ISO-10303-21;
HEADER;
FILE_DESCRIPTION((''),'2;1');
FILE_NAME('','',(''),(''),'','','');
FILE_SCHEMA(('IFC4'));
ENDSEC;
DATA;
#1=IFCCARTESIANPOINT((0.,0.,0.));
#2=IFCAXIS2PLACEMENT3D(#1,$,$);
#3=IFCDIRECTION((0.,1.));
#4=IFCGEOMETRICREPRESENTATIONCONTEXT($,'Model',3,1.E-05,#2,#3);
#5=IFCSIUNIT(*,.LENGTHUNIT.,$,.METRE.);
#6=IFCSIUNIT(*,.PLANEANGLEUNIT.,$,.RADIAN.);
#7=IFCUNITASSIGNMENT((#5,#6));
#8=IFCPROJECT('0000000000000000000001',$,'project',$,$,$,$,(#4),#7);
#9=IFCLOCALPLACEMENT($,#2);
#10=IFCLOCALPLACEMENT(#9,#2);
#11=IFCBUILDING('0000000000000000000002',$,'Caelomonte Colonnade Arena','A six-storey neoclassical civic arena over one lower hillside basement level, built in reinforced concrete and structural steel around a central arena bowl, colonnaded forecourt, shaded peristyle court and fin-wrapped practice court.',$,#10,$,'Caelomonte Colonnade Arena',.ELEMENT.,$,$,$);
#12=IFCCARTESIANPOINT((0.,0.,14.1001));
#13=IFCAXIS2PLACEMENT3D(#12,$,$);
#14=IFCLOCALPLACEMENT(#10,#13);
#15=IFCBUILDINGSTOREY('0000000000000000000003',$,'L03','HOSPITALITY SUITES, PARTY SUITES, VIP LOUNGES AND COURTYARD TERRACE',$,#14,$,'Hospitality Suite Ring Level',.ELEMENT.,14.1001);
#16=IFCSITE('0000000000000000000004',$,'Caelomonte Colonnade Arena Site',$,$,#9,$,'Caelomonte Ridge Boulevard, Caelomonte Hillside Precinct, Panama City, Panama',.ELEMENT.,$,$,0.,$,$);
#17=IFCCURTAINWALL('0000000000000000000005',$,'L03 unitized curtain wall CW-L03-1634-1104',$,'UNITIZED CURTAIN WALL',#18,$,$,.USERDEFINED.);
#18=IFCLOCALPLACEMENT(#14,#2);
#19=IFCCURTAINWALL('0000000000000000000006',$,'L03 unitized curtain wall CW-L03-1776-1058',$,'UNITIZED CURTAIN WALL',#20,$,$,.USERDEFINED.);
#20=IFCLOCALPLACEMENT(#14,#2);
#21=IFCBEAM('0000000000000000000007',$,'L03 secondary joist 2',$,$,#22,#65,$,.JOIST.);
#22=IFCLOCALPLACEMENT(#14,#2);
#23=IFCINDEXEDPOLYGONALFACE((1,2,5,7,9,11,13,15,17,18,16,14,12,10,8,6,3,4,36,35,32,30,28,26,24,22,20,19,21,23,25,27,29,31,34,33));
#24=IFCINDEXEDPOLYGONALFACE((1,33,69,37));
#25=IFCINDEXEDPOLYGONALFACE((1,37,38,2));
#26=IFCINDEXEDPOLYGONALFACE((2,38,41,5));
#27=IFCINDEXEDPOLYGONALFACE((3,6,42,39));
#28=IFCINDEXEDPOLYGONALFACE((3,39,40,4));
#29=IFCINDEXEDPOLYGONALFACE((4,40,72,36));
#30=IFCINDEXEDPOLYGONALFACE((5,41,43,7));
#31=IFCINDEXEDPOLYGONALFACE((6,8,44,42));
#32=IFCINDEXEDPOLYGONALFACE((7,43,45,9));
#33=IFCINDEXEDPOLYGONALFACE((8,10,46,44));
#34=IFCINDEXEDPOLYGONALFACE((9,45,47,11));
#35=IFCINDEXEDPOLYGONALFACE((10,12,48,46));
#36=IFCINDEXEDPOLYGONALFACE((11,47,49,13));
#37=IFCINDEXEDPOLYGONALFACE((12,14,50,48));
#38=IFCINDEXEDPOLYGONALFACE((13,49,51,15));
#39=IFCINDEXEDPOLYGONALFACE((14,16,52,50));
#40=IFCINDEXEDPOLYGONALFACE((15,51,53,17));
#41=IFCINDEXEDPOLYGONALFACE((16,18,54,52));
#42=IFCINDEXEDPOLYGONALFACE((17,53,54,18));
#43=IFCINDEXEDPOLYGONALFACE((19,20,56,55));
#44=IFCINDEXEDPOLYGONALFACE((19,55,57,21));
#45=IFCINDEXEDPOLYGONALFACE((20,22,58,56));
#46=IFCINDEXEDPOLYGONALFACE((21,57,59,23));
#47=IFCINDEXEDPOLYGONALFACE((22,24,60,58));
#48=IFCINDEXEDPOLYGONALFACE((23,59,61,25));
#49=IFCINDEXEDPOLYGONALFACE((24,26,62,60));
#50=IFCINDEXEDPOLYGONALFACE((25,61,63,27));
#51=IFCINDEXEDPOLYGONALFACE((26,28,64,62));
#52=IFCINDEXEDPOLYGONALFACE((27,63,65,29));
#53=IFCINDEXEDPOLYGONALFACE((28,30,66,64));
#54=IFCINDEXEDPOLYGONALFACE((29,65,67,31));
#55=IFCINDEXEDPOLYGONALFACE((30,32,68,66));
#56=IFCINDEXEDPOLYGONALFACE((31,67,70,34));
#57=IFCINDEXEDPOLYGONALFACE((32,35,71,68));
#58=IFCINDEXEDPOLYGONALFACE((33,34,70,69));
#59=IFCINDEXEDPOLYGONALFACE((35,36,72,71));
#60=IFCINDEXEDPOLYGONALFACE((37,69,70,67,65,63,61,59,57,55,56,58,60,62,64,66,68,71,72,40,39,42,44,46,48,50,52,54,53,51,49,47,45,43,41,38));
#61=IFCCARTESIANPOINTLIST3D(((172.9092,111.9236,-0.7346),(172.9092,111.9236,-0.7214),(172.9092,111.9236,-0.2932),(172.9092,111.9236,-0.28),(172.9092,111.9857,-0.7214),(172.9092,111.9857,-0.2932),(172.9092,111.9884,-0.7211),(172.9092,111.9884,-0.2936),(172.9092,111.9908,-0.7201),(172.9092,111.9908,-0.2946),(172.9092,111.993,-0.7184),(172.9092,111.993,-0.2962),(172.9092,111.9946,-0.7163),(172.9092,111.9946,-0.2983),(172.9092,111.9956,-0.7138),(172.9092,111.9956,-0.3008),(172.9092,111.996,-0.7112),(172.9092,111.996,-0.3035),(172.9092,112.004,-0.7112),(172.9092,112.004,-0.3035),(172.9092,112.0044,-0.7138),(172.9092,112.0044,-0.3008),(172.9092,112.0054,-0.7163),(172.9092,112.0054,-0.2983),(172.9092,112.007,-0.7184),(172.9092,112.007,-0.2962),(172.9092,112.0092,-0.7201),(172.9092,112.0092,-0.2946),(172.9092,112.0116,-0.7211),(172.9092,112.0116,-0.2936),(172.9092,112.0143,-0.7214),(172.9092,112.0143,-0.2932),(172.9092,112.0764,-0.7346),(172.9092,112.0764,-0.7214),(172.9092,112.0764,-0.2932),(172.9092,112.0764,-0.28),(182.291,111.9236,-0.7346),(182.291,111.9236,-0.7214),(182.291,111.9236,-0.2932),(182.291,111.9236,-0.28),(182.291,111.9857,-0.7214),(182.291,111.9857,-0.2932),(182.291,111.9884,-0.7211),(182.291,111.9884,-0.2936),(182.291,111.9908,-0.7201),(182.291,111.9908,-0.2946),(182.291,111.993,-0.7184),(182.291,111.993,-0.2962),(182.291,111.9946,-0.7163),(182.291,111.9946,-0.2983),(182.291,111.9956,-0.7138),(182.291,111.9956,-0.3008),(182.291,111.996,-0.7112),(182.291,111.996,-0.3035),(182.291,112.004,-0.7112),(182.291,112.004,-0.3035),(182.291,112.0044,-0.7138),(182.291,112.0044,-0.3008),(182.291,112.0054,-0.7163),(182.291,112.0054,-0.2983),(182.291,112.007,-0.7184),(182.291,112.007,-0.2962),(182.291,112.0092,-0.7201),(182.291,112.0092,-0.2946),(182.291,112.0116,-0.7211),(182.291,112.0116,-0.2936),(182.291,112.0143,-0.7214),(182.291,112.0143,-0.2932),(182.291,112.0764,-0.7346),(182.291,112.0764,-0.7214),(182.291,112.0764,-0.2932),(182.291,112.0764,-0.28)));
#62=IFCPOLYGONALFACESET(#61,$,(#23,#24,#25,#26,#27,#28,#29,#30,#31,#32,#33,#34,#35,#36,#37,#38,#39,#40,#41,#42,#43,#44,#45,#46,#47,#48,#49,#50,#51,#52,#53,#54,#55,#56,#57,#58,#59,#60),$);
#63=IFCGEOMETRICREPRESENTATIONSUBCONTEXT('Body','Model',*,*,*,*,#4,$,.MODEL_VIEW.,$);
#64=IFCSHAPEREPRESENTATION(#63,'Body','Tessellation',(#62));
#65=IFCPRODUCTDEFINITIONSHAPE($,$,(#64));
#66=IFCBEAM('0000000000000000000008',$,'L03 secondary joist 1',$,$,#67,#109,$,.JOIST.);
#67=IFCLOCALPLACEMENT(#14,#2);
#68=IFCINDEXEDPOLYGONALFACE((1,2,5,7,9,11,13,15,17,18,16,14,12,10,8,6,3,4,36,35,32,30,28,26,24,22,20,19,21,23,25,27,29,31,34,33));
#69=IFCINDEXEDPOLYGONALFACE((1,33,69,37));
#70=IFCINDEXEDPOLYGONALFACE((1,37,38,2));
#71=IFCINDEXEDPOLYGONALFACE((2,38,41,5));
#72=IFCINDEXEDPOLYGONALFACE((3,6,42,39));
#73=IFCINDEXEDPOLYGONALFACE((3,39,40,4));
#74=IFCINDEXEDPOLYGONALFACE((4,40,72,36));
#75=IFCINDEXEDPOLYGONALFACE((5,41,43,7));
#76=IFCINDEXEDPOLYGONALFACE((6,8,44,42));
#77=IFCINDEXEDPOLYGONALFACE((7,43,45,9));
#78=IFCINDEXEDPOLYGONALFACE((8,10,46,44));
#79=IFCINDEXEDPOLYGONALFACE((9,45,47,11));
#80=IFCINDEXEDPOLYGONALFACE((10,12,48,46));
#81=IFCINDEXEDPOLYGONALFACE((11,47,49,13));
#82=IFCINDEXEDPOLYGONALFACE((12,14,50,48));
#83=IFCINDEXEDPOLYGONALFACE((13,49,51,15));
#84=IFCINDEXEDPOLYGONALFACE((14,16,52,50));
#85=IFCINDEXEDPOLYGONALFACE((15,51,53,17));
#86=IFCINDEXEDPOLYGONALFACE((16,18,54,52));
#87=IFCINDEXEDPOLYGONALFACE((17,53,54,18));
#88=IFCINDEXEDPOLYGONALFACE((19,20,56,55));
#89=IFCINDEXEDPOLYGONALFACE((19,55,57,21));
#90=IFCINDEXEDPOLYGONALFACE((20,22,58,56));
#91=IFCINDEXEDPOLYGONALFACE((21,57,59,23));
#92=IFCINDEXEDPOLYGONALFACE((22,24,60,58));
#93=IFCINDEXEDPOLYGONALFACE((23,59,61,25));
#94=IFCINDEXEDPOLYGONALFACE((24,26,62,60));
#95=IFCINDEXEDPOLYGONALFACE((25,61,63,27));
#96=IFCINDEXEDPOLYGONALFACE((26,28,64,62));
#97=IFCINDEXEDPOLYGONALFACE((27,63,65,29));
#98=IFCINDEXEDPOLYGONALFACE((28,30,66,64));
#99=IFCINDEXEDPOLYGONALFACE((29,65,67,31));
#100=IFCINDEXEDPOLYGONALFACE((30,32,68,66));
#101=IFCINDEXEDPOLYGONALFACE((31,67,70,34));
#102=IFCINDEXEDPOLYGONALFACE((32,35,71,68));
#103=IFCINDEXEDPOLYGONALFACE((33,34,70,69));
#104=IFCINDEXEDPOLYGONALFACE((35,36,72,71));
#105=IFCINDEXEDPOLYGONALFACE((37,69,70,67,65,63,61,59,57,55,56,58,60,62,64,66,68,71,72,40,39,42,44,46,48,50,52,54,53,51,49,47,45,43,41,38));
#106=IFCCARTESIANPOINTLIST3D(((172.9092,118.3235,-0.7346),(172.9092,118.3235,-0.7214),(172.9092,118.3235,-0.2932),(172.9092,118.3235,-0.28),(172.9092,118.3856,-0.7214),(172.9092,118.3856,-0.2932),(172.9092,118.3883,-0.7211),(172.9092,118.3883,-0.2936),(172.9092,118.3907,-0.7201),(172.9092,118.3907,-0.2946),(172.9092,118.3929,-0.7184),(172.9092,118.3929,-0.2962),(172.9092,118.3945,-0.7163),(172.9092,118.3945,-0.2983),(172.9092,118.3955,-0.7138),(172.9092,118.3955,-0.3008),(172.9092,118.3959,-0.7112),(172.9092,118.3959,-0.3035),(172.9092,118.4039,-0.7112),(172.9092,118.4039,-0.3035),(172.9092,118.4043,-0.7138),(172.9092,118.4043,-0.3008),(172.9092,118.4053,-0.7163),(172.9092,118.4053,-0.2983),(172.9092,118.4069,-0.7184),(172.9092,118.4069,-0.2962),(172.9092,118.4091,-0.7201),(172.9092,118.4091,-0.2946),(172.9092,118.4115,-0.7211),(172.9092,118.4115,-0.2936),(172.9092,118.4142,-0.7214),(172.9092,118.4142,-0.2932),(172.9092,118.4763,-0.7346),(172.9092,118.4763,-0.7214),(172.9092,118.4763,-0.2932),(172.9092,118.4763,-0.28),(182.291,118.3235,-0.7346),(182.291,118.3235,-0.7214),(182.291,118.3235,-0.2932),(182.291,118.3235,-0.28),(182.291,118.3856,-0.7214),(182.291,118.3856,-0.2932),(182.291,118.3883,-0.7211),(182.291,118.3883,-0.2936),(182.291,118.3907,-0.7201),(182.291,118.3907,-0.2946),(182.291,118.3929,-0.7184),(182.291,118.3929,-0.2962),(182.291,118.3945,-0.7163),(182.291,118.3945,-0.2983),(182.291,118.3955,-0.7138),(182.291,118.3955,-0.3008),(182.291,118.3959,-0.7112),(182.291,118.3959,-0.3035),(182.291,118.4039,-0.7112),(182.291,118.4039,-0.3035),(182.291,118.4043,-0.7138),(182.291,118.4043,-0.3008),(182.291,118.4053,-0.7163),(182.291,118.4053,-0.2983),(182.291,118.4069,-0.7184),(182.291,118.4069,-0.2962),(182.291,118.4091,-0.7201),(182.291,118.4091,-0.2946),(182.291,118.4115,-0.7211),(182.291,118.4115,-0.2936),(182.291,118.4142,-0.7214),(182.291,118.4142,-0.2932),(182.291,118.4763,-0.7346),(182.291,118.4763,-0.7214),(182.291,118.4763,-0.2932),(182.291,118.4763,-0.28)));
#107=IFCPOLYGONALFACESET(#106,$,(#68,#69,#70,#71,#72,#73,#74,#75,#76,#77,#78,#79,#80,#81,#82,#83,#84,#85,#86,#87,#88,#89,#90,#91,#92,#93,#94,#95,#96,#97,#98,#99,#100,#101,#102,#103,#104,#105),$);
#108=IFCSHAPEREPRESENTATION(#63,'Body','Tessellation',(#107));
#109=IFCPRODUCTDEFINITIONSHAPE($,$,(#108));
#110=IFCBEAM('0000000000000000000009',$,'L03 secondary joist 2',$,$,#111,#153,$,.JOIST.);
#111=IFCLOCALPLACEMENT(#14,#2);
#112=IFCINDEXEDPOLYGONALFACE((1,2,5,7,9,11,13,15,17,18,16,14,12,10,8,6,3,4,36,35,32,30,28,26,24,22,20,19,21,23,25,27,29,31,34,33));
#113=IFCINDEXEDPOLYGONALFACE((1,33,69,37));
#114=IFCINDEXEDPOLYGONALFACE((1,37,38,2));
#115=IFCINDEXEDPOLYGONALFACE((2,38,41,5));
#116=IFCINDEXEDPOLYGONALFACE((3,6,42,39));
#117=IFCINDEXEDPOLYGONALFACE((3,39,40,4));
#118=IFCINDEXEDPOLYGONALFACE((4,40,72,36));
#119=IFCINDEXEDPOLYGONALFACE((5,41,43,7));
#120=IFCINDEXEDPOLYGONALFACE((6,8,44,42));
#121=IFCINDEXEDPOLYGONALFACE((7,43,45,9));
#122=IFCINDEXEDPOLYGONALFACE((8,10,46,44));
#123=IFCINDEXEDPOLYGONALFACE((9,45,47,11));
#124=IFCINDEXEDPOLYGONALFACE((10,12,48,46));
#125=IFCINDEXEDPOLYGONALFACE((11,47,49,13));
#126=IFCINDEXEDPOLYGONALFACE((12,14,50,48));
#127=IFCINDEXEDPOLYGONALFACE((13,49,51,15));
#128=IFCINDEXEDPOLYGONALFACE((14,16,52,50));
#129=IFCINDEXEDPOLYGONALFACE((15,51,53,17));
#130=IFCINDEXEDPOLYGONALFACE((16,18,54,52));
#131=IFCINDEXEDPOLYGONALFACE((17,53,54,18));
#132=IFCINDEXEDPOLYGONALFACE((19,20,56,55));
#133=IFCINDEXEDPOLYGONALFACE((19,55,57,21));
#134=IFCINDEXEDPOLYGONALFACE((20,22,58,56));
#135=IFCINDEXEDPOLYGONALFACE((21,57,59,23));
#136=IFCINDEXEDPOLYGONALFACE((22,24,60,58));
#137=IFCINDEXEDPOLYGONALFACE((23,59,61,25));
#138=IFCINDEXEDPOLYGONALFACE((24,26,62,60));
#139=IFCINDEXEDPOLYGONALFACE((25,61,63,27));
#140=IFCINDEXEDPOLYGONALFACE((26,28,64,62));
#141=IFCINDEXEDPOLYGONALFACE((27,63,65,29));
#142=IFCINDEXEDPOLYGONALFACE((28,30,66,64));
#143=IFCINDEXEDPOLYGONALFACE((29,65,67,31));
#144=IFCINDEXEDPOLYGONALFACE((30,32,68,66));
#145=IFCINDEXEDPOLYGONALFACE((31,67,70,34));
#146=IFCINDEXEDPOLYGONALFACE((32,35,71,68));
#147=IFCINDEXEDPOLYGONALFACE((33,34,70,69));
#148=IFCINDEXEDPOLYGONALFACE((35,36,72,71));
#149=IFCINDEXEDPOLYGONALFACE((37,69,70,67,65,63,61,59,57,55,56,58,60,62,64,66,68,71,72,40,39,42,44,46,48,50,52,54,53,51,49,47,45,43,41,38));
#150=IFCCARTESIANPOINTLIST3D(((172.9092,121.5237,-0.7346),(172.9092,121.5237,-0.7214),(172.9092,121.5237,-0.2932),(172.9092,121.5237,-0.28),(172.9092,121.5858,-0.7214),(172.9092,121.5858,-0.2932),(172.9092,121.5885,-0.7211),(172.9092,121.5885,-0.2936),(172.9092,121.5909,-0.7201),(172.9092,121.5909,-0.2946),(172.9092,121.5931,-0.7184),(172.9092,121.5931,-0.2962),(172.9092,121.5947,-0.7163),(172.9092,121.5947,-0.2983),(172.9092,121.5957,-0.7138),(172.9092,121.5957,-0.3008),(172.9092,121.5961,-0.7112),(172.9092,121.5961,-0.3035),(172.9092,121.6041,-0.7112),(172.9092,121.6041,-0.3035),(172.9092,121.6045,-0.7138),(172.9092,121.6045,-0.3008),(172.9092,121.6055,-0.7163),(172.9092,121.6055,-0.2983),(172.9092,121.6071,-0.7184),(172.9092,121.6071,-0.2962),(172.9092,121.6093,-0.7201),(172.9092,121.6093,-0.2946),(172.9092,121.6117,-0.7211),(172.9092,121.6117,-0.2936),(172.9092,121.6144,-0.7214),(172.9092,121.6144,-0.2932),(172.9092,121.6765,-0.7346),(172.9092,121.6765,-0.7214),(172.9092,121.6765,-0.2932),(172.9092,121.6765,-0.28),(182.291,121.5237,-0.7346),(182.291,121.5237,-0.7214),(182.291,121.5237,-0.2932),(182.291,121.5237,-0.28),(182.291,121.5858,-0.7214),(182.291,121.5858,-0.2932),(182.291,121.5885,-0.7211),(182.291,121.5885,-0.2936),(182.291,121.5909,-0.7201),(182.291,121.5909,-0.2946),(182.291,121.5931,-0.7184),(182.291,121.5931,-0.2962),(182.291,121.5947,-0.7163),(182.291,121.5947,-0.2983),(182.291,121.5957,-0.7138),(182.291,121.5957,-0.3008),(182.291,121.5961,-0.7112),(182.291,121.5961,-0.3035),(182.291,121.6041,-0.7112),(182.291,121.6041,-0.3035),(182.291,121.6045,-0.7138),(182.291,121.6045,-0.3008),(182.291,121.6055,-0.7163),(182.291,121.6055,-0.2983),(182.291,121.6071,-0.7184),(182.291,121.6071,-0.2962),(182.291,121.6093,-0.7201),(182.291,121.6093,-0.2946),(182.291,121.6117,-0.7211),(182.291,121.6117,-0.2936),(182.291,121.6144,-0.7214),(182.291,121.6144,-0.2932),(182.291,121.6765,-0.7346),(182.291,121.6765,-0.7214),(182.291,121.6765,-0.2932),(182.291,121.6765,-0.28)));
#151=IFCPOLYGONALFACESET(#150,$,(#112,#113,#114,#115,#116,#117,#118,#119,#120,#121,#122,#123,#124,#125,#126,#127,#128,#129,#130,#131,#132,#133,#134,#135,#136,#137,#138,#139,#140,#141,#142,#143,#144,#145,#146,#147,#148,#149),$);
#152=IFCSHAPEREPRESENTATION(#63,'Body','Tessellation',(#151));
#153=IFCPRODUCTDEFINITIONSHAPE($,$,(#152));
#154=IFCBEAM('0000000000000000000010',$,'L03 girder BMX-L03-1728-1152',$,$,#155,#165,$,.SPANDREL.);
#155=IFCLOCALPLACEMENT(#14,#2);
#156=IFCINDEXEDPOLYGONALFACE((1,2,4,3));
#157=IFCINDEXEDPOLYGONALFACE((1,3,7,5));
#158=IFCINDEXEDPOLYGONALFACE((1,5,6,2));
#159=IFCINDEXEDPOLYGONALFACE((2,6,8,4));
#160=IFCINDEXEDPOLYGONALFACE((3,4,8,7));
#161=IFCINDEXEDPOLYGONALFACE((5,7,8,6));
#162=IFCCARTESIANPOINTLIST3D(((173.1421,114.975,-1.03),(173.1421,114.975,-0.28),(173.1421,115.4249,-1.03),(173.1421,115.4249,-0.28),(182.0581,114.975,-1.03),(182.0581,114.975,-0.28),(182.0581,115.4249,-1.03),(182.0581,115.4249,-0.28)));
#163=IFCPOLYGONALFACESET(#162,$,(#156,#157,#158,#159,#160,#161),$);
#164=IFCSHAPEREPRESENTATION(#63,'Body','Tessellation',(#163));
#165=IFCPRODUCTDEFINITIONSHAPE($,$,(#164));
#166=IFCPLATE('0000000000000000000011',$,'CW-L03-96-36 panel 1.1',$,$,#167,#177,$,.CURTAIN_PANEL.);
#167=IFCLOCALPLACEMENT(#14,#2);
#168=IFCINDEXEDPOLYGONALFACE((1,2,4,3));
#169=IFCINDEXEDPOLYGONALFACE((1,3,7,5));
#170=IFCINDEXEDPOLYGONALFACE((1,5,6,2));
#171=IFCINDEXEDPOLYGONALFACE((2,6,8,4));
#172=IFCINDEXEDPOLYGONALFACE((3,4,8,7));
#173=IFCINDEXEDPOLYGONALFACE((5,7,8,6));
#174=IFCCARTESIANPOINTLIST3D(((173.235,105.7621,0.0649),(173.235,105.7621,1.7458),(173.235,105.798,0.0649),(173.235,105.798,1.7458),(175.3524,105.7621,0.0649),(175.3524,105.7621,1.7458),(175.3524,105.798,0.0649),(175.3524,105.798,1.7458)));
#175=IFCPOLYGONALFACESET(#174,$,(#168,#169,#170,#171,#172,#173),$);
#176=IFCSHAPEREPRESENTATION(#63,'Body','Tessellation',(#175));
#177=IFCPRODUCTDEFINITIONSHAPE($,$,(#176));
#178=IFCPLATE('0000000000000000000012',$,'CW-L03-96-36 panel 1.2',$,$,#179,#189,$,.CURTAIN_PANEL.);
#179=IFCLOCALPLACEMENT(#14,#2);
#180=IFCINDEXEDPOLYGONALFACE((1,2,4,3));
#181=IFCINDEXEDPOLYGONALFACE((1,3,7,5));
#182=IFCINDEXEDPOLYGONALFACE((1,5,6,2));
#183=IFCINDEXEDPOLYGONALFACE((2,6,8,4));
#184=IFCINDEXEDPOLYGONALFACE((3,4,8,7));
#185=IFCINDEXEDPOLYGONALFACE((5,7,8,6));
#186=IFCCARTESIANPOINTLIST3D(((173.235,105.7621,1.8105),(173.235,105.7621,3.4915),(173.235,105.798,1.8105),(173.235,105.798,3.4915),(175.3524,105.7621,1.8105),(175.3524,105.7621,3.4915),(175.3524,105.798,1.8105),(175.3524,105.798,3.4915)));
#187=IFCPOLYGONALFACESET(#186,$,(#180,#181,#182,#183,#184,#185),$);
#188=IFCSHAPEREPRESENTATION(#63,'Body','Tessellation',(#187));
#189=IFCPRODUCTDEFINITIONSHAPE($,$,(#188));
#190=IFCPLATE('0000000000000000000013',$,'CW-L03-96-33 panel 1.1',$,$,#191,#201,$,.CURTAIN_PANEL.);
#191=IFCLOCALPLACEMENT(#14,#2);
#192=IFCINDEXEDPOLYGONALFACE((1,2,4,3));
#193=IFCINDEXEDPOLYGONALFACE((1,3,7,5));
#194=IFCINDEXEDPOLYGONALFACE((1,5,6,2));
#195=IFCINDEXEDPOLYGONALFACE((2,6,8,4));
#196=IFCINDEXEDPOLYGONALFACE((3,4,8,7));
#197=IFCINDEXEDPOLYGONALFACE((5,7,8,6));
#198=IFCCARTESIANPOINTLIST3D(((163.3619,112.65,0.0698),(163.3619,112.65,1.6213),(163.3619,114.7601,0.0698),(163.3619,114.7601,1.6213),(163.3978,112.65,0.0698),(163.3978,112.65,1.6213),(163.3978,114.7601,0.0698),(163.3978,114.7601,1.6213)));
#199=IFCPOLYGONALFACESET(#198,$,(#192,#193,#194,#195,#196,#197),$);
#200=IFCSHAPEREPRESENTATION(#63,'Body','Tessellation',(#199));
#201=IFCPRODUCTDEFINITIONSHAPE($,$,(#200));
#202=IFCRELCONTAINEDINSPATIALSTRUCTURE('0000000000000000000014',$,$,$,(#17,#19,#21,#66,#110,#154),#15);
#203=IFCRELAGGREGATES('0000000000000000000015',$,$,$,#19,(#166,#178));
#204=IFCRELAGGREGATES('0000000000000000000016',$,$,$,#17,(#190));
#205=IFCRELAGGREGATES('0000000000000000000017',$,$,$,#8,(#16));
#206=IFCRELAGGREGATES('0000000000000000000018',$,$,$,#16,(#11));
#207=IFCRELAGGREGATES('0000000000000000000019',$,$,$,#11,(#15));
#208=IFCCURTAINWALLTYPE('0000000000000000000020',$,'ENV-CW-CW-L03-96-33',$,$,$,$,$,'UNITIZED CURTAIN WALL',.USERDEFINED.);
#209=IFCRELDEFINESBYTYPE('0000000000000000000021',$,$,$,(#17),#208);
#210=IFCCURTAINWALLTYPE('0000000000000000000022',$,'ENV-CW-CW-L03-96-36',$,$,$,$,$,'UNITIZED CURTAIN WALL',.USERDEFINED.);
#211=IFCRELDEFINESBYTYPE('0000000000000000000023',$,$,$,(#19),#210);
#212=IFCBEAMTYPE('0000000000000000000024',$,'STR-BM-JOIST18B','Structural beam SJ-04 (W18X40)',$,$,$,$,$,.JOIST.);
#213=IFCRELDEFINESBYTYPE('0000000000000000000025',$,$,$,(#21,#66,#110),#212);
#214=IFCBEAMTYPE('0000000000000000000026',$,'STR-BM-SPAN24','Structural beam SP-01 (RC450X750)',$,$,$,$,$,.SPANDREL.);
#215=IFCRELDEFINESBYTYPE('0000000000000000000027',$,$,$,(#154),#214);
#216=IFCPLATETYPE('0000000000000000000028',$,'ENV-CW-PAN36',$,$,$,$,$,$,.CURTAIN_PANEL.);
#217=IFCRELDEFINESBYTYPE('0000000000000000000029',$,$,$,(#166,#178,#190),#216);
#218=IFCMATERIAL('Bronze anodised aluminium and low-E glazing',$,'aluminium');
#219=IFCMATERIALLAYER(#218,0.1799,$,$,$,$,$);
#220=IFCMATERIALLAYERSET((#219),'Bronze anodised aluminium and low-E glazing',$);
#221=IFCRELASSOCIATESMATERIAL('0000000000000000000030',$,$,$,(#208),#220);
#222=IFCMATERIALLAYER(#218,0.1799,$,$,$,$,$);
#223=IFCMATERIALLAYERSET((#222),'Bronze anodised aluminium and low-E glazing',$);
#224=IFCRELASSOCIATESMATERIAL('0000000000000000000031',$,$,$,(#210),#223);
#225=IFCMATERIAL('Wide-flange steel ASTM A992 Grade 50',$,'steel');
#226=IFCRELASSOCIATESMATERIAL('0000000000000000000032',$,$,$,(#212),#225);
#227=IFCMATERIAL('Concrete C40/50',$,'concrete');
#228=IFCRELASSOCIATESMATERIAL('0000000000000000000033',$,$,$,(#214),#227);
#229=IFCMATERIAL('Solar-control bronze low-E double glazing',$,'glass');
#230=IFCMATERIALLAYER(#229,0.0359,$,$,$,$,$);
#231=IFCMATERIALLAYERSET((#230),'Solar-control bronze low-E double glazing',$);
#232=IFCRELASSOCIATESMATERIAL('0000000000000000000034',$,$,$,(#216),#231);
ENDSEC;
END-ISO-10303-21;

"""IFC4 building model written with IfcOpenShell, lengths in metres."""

from ifc_helpers import new_model, si_unit, direction, frame, origin, origin_2d, place, context, subcontext, project, spatial, rectangle, i_section, extrude, material, layer, layer_set, material_profile, profile_set, type_object, element, aggregate, save


model = new_model("IFC4")

# Units and contexts
model_context = context("Model", 3, precision=1e-05, world=origin(), true_north=direction((0.0, 1.0)))
body_context = subcontext(model_context, "Body", "Model", "MODEL_VIEW")
ifc_project = project(units=[si_unit("LENGTHUNIT", "METRE"), si_unit("PLANEANGLEUNIT", "RADIAN")], contexts=[model_context])

# Site, building, storey
site_placement = place(None, origin())
site = spatial("IfcSite", under=ifc_project, at=site_placement, Name="Caelomonte Colonnade Arena Site", LongName="Caelomonte Ridge Boulevard, Caelomonte Hillside Precinct, Panama City, Panama", CompositionType="ELEMENT", RefElevation=0.0)
building_placement = place(site_placement, origin())
building = spatial("IfcBuilding", under=site, at=building_placement, Name="Caelomonte Colonnade Arena", Description="A six-storey neoclassical civic arena over one lower hillside basement level, built in reinforced concrete and structural steel around a central arena bowl, colonnaded forecourt, shaded peristyle court and fin-wrapped practice court.", LongName="Caelomonte Colonnade Arena", CompositionType="ELEMENT")
storey_placement = place(building_placement, frame((0.0, 0.0, 14.1001)))
storey = spatial("IfcBuildingStorey", under=building, at=storey_placement, Name="L03", Description="HOSPITALITY SUITES, PARTY SUITES, VIP LOUNGES AND COURTYARD TERRACE", LongName="Hospitality Suite Ring Level", CompositionType="ELEMENT", Elevation=14.1001)

# Shared definitions
ifc_material_1 = material(Name="Concrete C40/50", Category="concrete")

# Curtain walls
ifc_material_2 = material(Name="Bronze anodised aluminium and low-E glazing", Category="aluminium")
ifc_layer_1 = layer(ifc_material_2, 0.1799)
ifc_layer_set_1 = layer_set([ifc_layer_1], Name="Bronze anodised aluminium and low-E glazing")
curtain_wall_type_1 = type_object("IfcCurtainWallType", Name="ENV-CW-CW-L03-96-33", ElementType="UNITIZED CURTAIN WALL", PredefinedType="USERDEFINED", material=ifc_layer_set_1)
curtain_wall_1_placement = place(storey_placement, origin())
curtain_wall_1 = element("IfcCurtainWall", 1, at=curtain_wall_1_placement, inside=storey, type_object=curtain_wall_type_1, Name="L03 unitized curtain wall CW-L03-1634-1104", ObjectType="UNITIZED CURTAIN WALL", PredefinedType="USERDEFINED")
ifc_layer_2 = layer(ifc_material_2, 0.1799)
ifc_layer_set_2 = layer_set([ifc_layer_2], Name="Bronze anodised aluminium and low-E glazing")
curtain_wall_type_2 = type_object("IfcCurtainWallType", Name="ENV-CW-CW-L03-96-36", ElementType="UNITIZED CURTAIN WALL", PredefinedType="USERDEFINED", material=ifc_layer_set_2)
curtain_wall_2_placement = place(storey_placement, origin())
curtain_wall_2 = element("IfcCurtainWall", 2, at=curtain_wall_2_placement, inside=storey, type_object=curtain_wall_type_2, Name="L03 unitized curtain wall CW-L03-1776-1058", ObjectType="UNITIZED CURTAIN WALL", PredefinedType="USERDEFINED")

# Beams
ifc_material_3 = material(Name="Wide-flange steel ASTM A992 Grade 50", Category="steel")
ifc_material_profile_1 = material_profile(ifc_material_3, i_section(OverallWidth=0.1528, OverallDepth=0.4546, WebThickness=0.0081, FlangeThickness=0.0132, FilletRadius=0.0103, at=origin_2d()), Name="W18X40")
ifc_profile_set_1 = profile_set([ifc_material_profile_1], Name="Wide-flange steel ASTM A992 Grade 50")
beam_type_1 = type_object("IfcBeamType", Name="STR-BM-JOIST18B", Description="Structural beam SJ-04 (W18X40)", PredefinedType="JOIST", material=ifc_profile_set_1)
for number, where, z_axis, x_axis, name in (
    (3, (172.9092, 112.0, -0.5073), (1.0, 0.0, 0.0), (0.0, 1.0, 0.0), "L03 secondary joist 2"),
    (4, (172.9092, 118.3999, -0.5073), (1.0, 0.0, 0.0), (0.0, 1.0, 0.0), "L03 secondary joist 1"),
    (5, (172.9092, 121.6001, -0.5073), (1.0, 0.0, 0.0), (0.0, 1.0, 0.0), "L03 secondary joist 2"),
):
    element("IfcBeam", number, at=place(storey_placement, frame(where, z_axis=z_axis, x_axis=x_axis)), inside=storey, type_object=beam_type_1, Name=name, PredefinedType="JOIST", context=body_context, shape_type="SweptSolid", body=[
        extrude(i_section(OverallWidth=0.1528, OverallDepth=0.4546, WebThickness=0.0081, FlangeThickness=0.0132, FilletRadius=0.0103, at=origin_2d()), origin(), (0.0, 0.0, 1.0), 9.3818),
    ])
ifc_material_profile_2 = material_profile(ifc_material_1, rectangle(XDim=0.45, YDim=0.75, at=origin_2d()), Name="RC450X750")
ifc_profile_set_2 = profile_set([ifc_material_profile_2], Name="Concrete C40/50")
beam_type_2 = type_object("IfcBeamType", Name="STR-BM-SPAN24", Description="Structural beam SP-01 (RC450X750)", PredefinedType="SPANDREL", material=ifc_profile_set_2)
beam_1_placement = place(storey_placement, frame((173.1421, 115.2, -0.655), z_axis=(1.0, 0.0, 0.0), x_axis=(0.0, 1.0, 0.0)))
element("IfcBeam", 6, at=beam_1_placement, inside=storey, type_object=beam_type_2, Name="L03 girder BMX-L03-1728-1152", PredefinedType="SPANDREL", context=body_context, shape_type="SweptSolid", body=[
    extrude(rectangle(XDim=0.45, YDim=0.75, at=origin_2d()), origin(), (0.0, 0.0, 1.0), 8.916),
])

# Plates
ifc_material_4 = material(Name="Solar-control bronze low-E double glazing", Category="glass")
ifc_layer_3 = layer(ifc_material_4, 0.0359)
ifc_layer_set_3 = layer_set([ifc_layer_3], Name="Solar-control bronze low-E double glazing")
plate_type = type_object("IfcPlateType", Name="ENV-CW-PAN36", PredefinedType="CURTAIN_PANEL", material=ifc_layer_set_3)
plate_1_placement = place(storey_placement, frame((174.2937, 105.78, 0.0649), z_axis=(0.0, 0.0, 1.0), x_axis=(1.0, 0.0, 0.0)))
plate_1 = element("IfcPlate", 7, at=plate_1_placement, type_object=plate_type, Name="CW-L03-96-36 panel 1.1", PredefinedType="CURTAIN_PANEL", context=body_context, shape_type="SweptSolid", body=[
    extrude(rectangle(XDim=2.1174, YDim=0.0359, at=origin_2d()), origin(), (0.0, 0.0, 1.0), 1.6809),
])
plate_2_placement = place(storey_placement, frame((174.2937, 105.78, 1.8105), z_axis=(0.0, 0.0, 1.0), x_axis=(1.0, 0.0, 0.0)))
plate_2 = element("IfcPlate", 8, at=plate_2_placement, type_object=plate_type, Name="CW-L03-96-36 panel 1.2", PredefinedType="CURTAIN_PANEL", context=body_context, shape_type="SweptSolid", body=[
    extrude(rectangle(XDim=2.1174, YDim=0.0359, at=origin_2d()), origin(), (0.0, 0.0, 1.0), 1.6809),
])
aggregate(curtain_wall_2, [plate_1, plate_2])
plate_3_placement = place(storey_placement, frame((163.3799, 113.7051, 0.0698), z_axis=(0.0, 0.0, 1.0), x_axis=(0.0, -1.0, 0.0)))
plate_3 = element("IfcPlate", 9, at=plate_3_placement, type_object=plate_type, Name="CW-L03-96-33 panel 1.1", PredefinedType="CURTAIN_PANEL", context=body_context, shape_type="SweptSolid", body=[
    extrude(rectangle(XDim=2.1101, YDim=0.0359, at=origin_2d()), origin(), (0.0, 0.0, 1.0), 1.5515),
])
aggregate(curtain_wall_1, [plate_3])

save(model, "model.ifc")
